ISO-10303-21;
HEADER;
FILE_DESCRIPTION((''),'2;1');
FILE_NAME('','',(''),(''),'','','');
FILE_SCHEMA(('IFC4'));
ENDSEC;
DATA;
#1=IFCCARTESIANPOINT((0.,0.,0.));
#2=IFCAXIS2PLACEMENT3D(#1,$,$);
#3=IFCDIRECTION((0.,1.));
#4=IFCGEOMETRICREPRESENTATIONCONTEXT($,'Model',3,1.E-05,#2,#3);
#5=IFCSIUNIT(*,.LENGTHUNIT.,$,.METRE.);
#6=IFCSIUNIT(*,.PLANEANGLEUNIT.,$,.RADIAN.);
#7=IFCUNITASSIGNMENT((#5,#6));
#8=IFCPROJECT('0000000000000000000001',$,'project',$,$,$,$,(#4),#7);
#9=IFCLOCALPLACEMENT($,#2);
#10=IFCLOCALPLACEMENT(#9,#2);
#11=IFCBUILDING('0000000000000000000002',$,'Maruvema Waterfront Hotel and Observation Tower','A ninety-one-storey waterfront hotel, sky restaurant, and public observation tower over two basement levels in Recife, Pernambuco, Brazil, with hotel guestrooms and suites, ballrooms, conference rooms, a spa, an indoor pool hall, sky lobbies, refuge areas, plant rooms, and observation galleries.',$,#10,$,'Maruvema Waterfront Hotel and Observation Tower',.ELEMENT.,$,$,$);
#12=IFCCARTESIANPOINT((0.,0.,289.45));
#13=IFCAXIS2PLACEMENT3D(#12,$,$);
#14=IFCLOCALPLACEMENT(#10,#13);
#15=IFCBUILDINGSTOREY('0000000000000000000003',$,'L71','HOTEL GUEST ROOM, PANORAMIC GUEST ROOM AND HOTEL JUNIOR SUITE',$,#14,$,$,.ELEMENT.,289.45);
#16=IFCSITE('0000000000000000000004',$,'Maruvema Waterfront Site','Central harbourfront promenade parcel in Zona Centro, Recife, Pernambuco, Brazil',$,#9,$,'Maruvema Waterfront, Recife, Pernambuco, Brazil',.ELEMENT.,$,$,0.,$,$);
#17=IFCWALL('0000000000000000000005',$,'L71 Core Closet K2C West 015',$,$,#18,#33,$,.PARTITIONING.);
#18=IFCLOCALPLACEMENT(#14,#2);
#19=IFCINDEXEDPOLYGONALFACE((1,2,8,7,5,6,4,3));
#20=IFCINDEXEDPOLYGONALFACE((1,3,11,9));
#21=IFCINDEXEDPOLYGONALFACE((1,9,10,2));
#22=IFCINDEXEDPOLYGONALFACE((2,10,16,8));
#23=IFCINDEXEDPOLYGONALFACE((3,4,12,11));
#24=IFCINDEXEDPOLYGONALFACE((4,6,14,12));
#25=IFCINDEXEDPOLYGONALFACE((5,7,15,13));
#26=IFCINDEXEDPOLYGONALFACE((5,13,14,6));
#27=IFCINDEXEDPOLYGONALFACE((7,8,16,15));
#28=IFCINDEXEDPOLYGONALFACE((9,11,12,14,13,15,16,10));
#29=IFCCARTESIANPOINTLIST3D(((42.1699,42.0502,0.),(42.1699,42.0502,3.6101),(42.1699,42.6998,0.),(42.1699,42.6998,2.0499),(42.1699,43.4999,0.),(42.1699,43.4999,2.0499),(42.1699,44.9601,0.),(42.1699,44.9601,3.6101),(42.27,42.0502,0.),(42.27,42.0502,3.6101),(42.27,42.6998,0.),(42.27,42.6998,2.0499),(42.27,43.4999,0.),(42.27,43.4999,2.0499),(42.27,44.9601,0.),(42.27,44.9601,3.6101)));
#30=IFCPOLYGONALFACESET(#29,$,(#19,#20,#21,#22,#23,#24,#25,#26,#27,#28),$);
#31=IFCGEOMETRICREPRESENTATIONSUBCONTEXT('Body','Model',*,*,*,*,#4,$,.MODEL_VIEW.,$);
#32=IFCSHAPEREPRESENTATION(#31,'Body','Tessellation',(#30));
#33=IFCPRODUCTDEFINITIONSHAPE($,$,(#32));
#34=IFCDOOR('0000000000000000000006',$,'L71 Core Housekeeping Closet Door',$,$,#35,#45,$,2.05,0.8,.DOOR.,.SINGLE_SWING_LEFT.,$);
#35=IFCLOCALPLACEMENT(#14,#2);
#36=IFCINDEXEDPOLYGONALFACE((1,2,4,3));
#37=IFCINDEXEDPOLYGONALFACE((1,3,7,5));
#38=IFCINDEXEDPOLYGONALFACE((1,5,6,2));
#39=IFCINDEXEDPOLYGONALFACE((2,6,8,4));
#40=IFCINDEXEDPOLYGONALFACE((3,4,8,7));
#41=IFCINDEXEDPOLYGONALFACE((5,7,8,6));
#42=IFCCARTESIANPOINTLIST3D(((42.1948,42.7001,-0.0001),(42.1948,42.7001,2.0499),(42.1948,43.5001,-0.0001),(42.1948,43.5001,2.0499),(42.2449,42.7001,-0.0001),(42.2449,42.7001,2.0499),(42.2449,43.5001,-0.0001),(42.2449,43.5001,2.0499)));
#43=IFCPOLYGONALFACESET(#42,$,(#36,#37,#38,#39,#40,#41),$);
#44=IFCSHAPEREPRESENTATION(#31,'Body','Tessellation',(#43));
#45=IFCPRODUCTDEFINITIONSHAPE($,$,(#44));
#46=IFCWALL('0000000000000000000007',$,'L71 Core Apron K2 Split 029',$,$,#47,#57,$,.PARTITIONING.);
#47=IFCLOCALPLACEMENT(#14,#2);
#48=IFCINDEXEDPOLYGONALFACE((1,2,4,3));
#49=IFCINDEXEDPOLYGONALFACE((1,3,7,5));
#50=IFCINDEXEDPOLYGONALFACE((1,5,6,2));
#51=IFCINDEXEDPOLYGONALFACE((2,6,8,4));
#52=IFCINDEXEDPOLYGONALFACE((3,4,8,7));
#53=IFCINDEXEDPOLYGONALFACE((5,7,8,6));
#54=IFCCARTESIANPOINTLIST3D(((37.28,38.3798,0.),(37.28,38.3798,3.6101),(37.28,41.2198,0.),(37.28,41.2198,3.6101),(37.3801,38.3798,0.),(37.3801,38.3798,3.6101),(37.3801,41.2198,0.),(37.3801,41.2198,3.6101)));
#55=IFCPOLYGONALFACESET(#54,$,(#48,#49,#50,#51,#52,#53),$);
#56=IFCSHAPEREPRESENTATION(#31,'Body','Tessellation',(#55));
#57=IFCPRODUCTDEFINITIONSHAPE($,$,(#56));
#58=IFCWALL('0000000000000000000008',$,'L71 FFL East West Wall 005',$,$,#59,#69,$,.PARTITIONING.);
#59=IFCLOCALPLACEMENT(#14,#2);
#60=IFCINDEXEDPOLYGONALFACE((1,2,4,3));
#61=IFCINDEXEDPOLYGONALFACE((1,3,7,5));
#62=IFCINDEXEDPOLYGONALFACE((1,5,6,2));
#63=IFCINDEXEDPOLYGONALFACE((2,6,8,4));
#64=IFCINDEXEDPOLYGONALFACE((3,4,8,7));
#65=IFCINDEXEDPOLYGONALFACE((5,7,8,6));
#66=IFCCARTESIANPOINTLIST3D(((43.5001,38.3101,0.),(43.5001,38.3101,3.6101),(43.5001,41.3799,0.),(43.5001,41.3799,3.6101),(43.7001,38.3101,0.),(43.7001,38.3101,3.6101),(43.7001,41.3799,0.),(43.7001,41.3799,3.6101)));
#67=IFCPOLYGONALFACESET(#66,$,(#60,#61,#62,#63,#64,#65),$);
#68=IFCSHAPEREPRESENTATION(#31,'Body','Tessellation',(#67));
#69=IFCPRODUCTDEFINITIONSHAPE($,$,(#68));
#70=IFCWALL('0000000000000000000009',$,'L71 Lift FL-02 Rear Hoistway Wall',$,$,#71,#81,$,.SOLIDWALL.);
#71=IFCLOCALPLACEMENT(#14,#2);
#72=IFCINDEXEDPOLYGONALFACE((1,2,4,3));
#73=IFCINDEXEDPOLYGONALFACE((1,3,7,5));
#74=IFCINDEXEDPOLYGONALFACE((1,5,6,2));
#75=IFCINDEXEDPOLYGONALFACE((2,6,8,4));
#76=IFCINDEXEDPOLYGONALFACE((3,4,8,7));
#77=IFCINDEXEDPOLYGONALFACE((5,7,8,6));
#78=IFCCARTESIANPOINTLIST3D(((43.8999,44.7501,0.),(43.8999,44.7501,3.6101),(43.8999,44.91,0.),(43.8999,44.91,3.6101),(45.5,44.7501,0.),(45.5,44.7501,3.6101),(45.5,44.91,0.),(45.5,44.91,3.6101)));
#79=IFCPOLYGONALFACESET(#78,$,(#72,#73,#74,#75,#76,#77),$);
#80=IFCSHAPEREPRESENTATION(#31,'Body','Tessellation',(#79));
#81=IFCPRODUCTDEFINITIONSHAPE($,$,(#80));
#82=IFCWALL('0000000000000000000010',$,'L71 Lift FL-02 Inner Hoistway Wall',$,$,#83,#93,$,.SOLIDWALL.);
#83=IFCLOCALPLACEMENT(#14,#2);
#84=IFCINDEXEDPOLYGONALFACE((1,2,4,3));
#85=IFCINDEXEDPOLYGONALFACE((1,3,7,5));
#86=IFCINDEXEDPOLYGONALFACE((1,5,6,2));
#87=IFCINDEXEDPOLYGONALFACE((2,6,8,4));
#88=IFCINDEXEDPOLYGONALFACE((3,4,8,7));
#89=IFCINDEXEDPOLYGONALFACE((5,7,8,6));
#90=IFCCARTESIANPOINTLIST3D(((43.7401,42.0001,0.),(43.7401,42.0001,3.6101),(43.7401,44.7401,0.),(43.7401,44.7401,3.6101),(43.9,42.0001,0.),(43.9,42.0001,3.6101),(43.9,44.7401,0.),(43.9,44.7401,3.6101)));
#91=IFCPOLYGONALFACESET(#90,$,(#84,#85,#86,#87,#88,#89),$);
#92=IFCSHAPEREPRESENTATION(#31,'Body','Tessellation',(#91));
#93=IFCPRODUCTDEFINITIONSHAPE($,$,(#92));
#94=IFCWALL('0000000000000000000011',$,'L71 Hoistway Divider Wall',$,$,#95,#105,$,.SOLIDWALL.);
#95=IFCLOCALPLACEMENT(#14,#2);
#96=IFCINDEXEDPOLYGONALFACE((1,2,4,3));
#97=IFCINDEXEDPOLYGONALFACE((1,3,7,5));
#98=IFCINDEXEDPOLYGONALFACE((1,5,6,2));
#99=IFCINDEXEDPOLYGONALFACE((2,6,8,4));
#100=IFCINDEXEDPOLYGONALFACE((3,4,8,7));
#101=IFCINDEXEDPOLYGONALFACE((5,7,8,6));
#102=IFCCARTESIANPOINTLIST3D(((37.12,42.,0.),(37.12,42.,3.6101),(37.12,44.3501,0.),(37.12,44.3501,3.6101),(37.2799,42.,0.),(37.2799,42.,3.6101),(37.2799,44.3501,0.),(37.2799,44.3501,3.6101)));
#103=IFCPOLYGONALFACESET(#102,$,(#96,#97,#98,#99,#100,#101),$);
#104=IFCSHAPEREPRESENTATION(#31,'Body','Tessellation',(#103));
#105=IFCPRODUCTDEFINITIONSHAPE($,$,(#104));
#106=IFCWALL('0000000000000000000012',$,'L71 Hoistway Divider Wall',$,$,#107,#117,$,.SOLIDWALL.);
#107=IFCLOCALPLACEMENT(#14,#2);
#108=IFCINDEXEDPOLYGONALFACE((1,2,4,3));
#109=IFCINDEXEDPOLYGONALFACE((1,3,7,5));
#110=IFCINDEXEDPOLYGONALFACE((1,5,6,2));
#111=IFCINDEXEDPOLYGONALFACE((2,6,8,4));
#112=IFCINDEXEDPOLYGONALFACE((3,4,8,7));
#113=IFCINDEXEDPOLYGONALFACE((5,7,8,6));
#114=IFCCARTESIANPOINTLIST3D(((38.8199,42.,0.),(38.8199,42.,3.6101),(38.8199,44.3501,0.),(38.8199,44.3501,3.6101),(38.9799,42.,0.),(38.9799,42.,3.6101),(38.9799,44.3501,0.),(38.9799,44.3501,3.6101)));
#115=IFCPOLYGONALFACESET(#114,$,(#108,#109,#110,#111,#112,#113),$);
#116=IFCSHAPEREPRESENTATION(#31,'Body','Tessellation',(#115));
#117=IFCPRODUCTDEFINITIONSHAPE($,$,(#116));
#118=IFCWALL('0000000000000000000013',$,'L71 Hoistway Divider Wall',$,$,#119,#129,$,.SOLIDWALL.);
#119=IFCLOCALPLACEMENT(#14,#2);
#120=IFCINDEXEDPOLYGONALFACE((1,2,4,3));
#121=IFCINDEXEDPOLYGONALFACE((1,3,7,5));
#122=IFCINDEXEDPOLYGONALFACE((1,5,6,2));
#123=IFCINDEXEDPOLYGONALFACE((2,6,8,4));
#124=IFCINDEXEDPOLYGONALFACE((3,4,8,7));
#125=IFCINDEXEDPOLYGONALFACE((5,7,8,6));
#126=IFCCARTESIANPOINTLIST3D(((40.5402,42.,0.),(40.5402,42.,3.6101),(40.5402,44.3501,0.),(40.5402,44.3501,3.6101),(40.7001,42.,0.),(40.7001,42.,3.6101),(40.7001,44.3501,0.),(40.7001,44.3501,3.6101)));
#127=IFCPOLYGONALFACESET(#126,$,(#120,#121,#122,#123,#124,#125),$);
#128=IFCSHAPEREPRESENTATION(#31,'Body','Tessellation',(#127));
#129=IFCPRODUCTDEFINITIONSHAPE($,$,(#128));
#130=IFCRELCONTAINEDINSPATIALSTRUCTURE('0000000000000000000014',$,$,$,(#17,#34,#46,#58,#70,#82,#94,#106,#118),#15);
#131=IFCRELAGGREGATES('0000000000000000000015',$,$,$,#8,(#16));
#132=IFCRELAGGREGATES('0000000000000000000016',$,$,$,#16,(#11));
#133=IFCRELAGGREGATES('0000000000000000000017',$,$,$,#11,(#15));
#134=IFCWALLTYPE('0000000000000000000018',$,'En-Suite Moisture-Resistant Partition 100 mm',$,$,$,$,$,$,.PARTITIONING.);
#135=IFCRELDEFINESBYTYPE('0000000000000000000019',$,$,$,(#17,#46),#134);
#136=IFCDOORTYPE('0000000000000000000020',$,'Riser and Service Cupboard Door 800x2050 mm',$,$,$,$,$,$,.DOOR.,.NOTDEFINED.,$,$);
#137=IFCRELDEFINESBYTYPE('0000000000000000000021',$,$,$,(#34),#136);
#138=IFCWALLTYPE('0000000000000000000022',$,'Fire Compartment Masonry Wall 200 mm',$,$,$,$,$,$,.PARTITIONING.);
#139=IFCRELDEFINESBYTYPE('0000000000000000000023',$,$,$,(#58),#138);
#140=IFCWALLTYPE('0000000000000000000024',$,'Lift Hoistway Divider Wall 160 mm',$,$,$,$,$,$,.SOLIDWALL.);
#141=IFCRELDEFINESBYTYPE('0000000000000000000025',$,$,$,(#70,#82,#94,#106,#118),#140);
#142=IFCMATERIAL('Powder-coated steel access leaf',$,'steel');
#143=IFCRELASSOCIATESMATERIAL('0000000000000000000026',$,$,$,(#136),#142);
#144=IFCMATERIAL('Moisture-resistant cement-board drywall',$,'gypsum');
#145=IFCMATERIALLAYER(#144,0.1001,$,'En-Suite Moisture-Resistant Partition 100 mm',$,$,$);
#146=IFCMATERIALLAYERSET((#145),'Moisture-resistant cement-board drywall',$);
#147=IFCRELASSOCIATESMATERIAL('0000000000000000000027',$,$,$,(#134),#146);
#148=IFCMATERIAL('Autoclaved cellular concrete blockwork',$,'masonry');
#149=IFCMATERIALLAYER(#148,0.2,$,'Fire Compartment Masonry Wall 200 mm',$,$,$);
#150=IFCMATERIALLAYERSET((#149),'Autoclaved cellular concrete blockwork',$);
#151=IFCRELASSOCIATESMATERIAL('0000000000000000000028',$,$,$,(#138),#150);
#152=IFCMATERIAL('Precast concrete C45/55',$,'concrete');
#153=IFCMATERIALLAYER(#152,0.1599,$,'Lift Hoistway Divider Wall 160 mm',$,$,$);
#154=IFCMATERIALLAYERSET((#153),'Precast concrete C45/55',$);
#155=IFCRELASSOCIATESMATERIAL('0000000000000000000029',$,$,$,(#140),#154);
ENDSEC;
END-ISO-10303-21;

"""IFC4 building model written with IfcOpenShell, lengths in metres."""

from ifc_helpers import new_model, si_unit, direction, frame, frame_2d, origin, place, context, subcontext, project, spatial, rectangle, extrude, material, layer, layer_set, type_object, element, fill, save


model = new_model("IFC4")

# Units and contexts
model_context = context("Model", 3, precision=1e-05, world=origin(), true_north=direction((0.0, 1.0)))
body_context = subcontext(model_context, "Body", "Model", "MODEL_VIEW")
ifc_project = project(units=[si_unit("LENGTHUNIT", "METRE"), si_unit("PLANEANGLEUNIT", "RADIAN")], contexts=[model_context])

# Site, building, storey
site_placement = place(None, origin())
site = spatial("IfcSite", under=ifc_project, at=site_placement, Name="Maruvema Waterfront Site", Description="Central harbourfront promenade parcel in Zona Centro, Recife, Pernambuco, Brazil", LongName="Maruvema Waterfront, Recife, Pernambuco, Brazil", CompositionType="ELEMENT", RefElevation=0.0)
building_placement = place(site_placement, origin())
building = spatial("IfcBuilding", under=site, at=building_placement, Name="Maruvema Waterfront Hotel and Observation Tower", Description="A ninety-one-storey waterfront hotel, sky restaurant, and public observation tower over two basement levels in Recife, Pernambuco, Brazil, with hotel guestrooms and suites, ballrooms, conference rooms, a spa, an indoor pool hall, sky lobbies, refuge areas, plant rooms, and observation galleries.", LongName="Maruvema Waterfront Hotel and Observation Tower", CompositionType="ELEMENT")
storey_placement = place(building_placement, frame((0.0, 0.0, 289.45)))
storey = spatial("IfcBuildingStorey", under=building, at=storey_placement, Name="L71", Description="HOTEL GUEST ROOM, PANORAMIC GUEST ROOM AND HOTEL JUNIOR SUITE", CompositionType="ELEMENT", Elevation=289.45)

# Shared definitions
ifc_material_1 = material(Name="Powder-coated steel access leaf", Category="steel")
door_type_1 = type_object("IfcDoorType", Name="Riser and Service Cupboard Door 800x2050 mm", OperationType="NOTDEFINED", PredefinedType="DOOR", material=ifc_material_1)

# Shared definitions
ifc_material_2 = material(Name="Moisture-resistant cement-board drywall", Category="gypsum")
ifc_layer_1 = layer(ifc_material_2, 0.1001, Name="En-Suite Moisture-Resistant Partition 100 mm")
ifc_layer_set_1 = layer_set([ifc_layer_1], Name="Moisture-resistant cement-board drywall")
wall_type_1 = type_object("IfcWallType", Name="En-Suite Moisture-Resistant Partition 100 mm", PredefinedType="PARTITIONING", material=ifc_layer_set_1)

# Wall, opening, door
wall_1_placement = place(storey_placement, frame((42.22, 42.05, 0.0), z_axis=(0.0, 0.0, 1.0), x_axis=(0.0, 1.0, 0.0)))
wall_1 = element("IfcWall", 1, at=wall_1_placement, inside=storey, type_object=wall_type_1, Name="L71 Core Closet K2C West 015", PredefinedType="PARTITIONING", context=body_context, shape_type="SweptSolid", body=[
    extrude(rectangle(XDim=2.9099, YDim=0.1001, at=frame_2d((1.4551, 0.0))), origin(), (0.0, 0.0, 1.0), 3.6101),
])
opening_1_placement = place(wall_1_placement, frame((0.6499, 0.0, 0.0)))
opening_1 = element("IfcOpeningElement", 2, at=opening_1_placement, cuts=wall_1, PredefinedType="OPENING", context=body_context, shape_type="SweptSolid", body=[
    extrude(rectangle(XDim=0.8, YDim=2.05, at=frame_2d((0.3999, 1.0249))), frame((0.0, 0.0601, 0.0), z_axis=(0.0, -1.0, 0.0), x_axis=(1.0, 0.0, 0.0)), (0.0, 0.0, 1.0), 0.1201),
])
door_1_placement = place(opening_1_placement, frame((0.8, 0.0, 0.0), z_axis=(0.0, 0.0, 1.0), x_axis=(-1.0, 0.0, 0.0)))
door_1 = element("IfcDoor", 3, at=door_1_placement, inside=storey, type_object=door_type_1, Name="L71 Core Housekeeping Closet Door", OperationType="SINGLE_SWING_LEFT", OverallHeight=2.05, OverallWidth=0.8, PredefinedType="DOOR", context=body_context, shape_type="SweptSolid", body=[
    extrude(rectangle(XDim=0.8, YDim=2.05, at=frame_2d((0.3999, 1.0249))), frame((0.0, 0.0249, 0.0), z_axis=(0.0, -1.0, 0.0), x_axis=(1.0, 0.0, 0.0)), (0.0, 0.0, 1.0), 0.05),
])
fill(opening_1, door_1)

# Wall
wall_2_placement = place(storey_placement, frame((37.3301, 38.3799, 0.0), z_axis=(0.0, 0.0, 1.0), x_axis=(0.0, 1.0, 0.0)))
element("IfcWall", 4, at=wall_2_placement, inside=storey, type_object=wall_type_1, Name="L71 Core Apron K2 Split 029", PredefinedType="PARTITIONING", context=body_context, shape_type="SweptSolid", body=[
    extrude(rectangle(XDim=2.8401, YDim=0.1001, at=frame_2d((1.4199, 0.0))), origin(), (0.0, 0.0, 1.0), 3.6101),
])

# Shared definitions
ifc_material_3 = material(Name="Autoclaved cellular concrete blockwork", Category="masonry")
ifc_layer_2 = layer(ifc_material_3, 0.2, Name="Fire Compartment Masonry Wall 200 mm")
ifc_layer_set_2 = layer_set([ifc_layer_2], Name="Autoclaved cellular concrete blockwork")
wall_type_2 = type_object("IfcWallType", Name="Fire Compartment Masonry Wall 200 mm", PredefinedType="PARTITIONING", material=ifc_layer_set_2)

# Walls
wall_3_placement = place(storey_placement, frame((43.6001, 38.3101, 0.0), z_axis=(0.0, 0.0, 1.0), x_axis=(0.0, 1.0, 0.0)))
element("IfcWall", 5, at=wall_3_placement, inside=storey, type_object=wall_type_2, Name="L71 FFL East West Wall 005", PredefinedType="PARTITIONING", context=body_context, shape_type="SweptSolid", body=[
    extrude(rectangle(XDim=3.0698, YDim=0.2, at=frame_2d((1.5349, 0.0))), origin(), (0.0, 0.0, 1.0), 3.6101),
])
ifc_material_4 = material(Name="Precast concrete C45/55", Category="concrete")
ifc_layer_3 = layer(ifc_material_4, 0.1599, Name="Lift Hoistway Divider Wall 160 mm")
ifc_layer_set_3 = layer_set([ifc_layer_3], Name="Precast concrete C45/55")
wall_type_3 = type_object("IfcWallType", Name="Lift Hoistway Divider Wall 160 mm", PredefinedType="SOLIDWALL", material=ifc_layer_set_3)
wall_4_placement = place(storey_placement, frame((43.8999, 44.8301, 0.0), z_axis=(0.0, 0.0, 1.0), x_axis=(1.0, 0.0, 0.0)))
element("IfcWall", 6, at=wall_4_placement, inside=storey, type_object=wall_type_3, Name="L71 Lift FL-02 Rear Hoistway Wall", PredefinedType="SOLIDWALL", context=body_context, shape_type="SweptSolid", body=[
    extrude(rectangle(XDim=1.6001, YDim=0.1599, at=frame_2d((0.8, 0.0))), origin(), (0.0, 0.0, 1.0), 3.6101),
])
wall_5_placement = place(storey_placement, frame((43.8201, 42.0, 0.0), z_axis=(0.0, 0.0, 1.0), x_axis=(0.0, 1.0, 0.0)))
element("IfcWall", 7, at=wall_5_placement, inside=storey, type_object=wall_type_3, Name="L71 Lift FL-02 Inner Hoistway Wall", PredefinedType="SOLIDWALL", context=body_context, shape_type="SweptSolid", body=[
    extrude(rectangle(XDim=2.74, YDim=0.1599, at=frame_2d((1.3701, 0.0))), origin(), (0.0, 0.0, 1.0), 3.6101),
])
for number, where, z_axis, x_axis, name in (
    (8, (37.2, 42.0, 0.0), (0.0, 0.0, 1.0), (0.0, 1.0, 0.0), "L71 Hoistway Divider Wall"),
    (9, (38.8999, 42.0, 0.0), (0.0, 0.0, 1.0), (0.0, 1.0, 0.0), "L71 Hoistway Divider Wall"),
    (10, (40.6201, 42.0, 0.0), (0.0, 0.0, 1.0), (0.0, 1.0, 0.0), "L71 Hoistway Divider Wall"),
):
    element("IfcWall", number, at=place(storey_placement, frame(where, z_axis=z_axis, x_axis=x_axis)), inside=storey, type_object=wall_type_3, Name=name, PredefinedType="SOLIDWALL", context=body_context, shape_type="SweptSolid", body=[
        extrude(rectangle(XDim=2.3501, YDim=0.1599, at=frame_2d((1.175, 0.0))), origin(), (0.0, 0.0, 1.0), 3.6101),
    ])

save(model, "model.ifc")
